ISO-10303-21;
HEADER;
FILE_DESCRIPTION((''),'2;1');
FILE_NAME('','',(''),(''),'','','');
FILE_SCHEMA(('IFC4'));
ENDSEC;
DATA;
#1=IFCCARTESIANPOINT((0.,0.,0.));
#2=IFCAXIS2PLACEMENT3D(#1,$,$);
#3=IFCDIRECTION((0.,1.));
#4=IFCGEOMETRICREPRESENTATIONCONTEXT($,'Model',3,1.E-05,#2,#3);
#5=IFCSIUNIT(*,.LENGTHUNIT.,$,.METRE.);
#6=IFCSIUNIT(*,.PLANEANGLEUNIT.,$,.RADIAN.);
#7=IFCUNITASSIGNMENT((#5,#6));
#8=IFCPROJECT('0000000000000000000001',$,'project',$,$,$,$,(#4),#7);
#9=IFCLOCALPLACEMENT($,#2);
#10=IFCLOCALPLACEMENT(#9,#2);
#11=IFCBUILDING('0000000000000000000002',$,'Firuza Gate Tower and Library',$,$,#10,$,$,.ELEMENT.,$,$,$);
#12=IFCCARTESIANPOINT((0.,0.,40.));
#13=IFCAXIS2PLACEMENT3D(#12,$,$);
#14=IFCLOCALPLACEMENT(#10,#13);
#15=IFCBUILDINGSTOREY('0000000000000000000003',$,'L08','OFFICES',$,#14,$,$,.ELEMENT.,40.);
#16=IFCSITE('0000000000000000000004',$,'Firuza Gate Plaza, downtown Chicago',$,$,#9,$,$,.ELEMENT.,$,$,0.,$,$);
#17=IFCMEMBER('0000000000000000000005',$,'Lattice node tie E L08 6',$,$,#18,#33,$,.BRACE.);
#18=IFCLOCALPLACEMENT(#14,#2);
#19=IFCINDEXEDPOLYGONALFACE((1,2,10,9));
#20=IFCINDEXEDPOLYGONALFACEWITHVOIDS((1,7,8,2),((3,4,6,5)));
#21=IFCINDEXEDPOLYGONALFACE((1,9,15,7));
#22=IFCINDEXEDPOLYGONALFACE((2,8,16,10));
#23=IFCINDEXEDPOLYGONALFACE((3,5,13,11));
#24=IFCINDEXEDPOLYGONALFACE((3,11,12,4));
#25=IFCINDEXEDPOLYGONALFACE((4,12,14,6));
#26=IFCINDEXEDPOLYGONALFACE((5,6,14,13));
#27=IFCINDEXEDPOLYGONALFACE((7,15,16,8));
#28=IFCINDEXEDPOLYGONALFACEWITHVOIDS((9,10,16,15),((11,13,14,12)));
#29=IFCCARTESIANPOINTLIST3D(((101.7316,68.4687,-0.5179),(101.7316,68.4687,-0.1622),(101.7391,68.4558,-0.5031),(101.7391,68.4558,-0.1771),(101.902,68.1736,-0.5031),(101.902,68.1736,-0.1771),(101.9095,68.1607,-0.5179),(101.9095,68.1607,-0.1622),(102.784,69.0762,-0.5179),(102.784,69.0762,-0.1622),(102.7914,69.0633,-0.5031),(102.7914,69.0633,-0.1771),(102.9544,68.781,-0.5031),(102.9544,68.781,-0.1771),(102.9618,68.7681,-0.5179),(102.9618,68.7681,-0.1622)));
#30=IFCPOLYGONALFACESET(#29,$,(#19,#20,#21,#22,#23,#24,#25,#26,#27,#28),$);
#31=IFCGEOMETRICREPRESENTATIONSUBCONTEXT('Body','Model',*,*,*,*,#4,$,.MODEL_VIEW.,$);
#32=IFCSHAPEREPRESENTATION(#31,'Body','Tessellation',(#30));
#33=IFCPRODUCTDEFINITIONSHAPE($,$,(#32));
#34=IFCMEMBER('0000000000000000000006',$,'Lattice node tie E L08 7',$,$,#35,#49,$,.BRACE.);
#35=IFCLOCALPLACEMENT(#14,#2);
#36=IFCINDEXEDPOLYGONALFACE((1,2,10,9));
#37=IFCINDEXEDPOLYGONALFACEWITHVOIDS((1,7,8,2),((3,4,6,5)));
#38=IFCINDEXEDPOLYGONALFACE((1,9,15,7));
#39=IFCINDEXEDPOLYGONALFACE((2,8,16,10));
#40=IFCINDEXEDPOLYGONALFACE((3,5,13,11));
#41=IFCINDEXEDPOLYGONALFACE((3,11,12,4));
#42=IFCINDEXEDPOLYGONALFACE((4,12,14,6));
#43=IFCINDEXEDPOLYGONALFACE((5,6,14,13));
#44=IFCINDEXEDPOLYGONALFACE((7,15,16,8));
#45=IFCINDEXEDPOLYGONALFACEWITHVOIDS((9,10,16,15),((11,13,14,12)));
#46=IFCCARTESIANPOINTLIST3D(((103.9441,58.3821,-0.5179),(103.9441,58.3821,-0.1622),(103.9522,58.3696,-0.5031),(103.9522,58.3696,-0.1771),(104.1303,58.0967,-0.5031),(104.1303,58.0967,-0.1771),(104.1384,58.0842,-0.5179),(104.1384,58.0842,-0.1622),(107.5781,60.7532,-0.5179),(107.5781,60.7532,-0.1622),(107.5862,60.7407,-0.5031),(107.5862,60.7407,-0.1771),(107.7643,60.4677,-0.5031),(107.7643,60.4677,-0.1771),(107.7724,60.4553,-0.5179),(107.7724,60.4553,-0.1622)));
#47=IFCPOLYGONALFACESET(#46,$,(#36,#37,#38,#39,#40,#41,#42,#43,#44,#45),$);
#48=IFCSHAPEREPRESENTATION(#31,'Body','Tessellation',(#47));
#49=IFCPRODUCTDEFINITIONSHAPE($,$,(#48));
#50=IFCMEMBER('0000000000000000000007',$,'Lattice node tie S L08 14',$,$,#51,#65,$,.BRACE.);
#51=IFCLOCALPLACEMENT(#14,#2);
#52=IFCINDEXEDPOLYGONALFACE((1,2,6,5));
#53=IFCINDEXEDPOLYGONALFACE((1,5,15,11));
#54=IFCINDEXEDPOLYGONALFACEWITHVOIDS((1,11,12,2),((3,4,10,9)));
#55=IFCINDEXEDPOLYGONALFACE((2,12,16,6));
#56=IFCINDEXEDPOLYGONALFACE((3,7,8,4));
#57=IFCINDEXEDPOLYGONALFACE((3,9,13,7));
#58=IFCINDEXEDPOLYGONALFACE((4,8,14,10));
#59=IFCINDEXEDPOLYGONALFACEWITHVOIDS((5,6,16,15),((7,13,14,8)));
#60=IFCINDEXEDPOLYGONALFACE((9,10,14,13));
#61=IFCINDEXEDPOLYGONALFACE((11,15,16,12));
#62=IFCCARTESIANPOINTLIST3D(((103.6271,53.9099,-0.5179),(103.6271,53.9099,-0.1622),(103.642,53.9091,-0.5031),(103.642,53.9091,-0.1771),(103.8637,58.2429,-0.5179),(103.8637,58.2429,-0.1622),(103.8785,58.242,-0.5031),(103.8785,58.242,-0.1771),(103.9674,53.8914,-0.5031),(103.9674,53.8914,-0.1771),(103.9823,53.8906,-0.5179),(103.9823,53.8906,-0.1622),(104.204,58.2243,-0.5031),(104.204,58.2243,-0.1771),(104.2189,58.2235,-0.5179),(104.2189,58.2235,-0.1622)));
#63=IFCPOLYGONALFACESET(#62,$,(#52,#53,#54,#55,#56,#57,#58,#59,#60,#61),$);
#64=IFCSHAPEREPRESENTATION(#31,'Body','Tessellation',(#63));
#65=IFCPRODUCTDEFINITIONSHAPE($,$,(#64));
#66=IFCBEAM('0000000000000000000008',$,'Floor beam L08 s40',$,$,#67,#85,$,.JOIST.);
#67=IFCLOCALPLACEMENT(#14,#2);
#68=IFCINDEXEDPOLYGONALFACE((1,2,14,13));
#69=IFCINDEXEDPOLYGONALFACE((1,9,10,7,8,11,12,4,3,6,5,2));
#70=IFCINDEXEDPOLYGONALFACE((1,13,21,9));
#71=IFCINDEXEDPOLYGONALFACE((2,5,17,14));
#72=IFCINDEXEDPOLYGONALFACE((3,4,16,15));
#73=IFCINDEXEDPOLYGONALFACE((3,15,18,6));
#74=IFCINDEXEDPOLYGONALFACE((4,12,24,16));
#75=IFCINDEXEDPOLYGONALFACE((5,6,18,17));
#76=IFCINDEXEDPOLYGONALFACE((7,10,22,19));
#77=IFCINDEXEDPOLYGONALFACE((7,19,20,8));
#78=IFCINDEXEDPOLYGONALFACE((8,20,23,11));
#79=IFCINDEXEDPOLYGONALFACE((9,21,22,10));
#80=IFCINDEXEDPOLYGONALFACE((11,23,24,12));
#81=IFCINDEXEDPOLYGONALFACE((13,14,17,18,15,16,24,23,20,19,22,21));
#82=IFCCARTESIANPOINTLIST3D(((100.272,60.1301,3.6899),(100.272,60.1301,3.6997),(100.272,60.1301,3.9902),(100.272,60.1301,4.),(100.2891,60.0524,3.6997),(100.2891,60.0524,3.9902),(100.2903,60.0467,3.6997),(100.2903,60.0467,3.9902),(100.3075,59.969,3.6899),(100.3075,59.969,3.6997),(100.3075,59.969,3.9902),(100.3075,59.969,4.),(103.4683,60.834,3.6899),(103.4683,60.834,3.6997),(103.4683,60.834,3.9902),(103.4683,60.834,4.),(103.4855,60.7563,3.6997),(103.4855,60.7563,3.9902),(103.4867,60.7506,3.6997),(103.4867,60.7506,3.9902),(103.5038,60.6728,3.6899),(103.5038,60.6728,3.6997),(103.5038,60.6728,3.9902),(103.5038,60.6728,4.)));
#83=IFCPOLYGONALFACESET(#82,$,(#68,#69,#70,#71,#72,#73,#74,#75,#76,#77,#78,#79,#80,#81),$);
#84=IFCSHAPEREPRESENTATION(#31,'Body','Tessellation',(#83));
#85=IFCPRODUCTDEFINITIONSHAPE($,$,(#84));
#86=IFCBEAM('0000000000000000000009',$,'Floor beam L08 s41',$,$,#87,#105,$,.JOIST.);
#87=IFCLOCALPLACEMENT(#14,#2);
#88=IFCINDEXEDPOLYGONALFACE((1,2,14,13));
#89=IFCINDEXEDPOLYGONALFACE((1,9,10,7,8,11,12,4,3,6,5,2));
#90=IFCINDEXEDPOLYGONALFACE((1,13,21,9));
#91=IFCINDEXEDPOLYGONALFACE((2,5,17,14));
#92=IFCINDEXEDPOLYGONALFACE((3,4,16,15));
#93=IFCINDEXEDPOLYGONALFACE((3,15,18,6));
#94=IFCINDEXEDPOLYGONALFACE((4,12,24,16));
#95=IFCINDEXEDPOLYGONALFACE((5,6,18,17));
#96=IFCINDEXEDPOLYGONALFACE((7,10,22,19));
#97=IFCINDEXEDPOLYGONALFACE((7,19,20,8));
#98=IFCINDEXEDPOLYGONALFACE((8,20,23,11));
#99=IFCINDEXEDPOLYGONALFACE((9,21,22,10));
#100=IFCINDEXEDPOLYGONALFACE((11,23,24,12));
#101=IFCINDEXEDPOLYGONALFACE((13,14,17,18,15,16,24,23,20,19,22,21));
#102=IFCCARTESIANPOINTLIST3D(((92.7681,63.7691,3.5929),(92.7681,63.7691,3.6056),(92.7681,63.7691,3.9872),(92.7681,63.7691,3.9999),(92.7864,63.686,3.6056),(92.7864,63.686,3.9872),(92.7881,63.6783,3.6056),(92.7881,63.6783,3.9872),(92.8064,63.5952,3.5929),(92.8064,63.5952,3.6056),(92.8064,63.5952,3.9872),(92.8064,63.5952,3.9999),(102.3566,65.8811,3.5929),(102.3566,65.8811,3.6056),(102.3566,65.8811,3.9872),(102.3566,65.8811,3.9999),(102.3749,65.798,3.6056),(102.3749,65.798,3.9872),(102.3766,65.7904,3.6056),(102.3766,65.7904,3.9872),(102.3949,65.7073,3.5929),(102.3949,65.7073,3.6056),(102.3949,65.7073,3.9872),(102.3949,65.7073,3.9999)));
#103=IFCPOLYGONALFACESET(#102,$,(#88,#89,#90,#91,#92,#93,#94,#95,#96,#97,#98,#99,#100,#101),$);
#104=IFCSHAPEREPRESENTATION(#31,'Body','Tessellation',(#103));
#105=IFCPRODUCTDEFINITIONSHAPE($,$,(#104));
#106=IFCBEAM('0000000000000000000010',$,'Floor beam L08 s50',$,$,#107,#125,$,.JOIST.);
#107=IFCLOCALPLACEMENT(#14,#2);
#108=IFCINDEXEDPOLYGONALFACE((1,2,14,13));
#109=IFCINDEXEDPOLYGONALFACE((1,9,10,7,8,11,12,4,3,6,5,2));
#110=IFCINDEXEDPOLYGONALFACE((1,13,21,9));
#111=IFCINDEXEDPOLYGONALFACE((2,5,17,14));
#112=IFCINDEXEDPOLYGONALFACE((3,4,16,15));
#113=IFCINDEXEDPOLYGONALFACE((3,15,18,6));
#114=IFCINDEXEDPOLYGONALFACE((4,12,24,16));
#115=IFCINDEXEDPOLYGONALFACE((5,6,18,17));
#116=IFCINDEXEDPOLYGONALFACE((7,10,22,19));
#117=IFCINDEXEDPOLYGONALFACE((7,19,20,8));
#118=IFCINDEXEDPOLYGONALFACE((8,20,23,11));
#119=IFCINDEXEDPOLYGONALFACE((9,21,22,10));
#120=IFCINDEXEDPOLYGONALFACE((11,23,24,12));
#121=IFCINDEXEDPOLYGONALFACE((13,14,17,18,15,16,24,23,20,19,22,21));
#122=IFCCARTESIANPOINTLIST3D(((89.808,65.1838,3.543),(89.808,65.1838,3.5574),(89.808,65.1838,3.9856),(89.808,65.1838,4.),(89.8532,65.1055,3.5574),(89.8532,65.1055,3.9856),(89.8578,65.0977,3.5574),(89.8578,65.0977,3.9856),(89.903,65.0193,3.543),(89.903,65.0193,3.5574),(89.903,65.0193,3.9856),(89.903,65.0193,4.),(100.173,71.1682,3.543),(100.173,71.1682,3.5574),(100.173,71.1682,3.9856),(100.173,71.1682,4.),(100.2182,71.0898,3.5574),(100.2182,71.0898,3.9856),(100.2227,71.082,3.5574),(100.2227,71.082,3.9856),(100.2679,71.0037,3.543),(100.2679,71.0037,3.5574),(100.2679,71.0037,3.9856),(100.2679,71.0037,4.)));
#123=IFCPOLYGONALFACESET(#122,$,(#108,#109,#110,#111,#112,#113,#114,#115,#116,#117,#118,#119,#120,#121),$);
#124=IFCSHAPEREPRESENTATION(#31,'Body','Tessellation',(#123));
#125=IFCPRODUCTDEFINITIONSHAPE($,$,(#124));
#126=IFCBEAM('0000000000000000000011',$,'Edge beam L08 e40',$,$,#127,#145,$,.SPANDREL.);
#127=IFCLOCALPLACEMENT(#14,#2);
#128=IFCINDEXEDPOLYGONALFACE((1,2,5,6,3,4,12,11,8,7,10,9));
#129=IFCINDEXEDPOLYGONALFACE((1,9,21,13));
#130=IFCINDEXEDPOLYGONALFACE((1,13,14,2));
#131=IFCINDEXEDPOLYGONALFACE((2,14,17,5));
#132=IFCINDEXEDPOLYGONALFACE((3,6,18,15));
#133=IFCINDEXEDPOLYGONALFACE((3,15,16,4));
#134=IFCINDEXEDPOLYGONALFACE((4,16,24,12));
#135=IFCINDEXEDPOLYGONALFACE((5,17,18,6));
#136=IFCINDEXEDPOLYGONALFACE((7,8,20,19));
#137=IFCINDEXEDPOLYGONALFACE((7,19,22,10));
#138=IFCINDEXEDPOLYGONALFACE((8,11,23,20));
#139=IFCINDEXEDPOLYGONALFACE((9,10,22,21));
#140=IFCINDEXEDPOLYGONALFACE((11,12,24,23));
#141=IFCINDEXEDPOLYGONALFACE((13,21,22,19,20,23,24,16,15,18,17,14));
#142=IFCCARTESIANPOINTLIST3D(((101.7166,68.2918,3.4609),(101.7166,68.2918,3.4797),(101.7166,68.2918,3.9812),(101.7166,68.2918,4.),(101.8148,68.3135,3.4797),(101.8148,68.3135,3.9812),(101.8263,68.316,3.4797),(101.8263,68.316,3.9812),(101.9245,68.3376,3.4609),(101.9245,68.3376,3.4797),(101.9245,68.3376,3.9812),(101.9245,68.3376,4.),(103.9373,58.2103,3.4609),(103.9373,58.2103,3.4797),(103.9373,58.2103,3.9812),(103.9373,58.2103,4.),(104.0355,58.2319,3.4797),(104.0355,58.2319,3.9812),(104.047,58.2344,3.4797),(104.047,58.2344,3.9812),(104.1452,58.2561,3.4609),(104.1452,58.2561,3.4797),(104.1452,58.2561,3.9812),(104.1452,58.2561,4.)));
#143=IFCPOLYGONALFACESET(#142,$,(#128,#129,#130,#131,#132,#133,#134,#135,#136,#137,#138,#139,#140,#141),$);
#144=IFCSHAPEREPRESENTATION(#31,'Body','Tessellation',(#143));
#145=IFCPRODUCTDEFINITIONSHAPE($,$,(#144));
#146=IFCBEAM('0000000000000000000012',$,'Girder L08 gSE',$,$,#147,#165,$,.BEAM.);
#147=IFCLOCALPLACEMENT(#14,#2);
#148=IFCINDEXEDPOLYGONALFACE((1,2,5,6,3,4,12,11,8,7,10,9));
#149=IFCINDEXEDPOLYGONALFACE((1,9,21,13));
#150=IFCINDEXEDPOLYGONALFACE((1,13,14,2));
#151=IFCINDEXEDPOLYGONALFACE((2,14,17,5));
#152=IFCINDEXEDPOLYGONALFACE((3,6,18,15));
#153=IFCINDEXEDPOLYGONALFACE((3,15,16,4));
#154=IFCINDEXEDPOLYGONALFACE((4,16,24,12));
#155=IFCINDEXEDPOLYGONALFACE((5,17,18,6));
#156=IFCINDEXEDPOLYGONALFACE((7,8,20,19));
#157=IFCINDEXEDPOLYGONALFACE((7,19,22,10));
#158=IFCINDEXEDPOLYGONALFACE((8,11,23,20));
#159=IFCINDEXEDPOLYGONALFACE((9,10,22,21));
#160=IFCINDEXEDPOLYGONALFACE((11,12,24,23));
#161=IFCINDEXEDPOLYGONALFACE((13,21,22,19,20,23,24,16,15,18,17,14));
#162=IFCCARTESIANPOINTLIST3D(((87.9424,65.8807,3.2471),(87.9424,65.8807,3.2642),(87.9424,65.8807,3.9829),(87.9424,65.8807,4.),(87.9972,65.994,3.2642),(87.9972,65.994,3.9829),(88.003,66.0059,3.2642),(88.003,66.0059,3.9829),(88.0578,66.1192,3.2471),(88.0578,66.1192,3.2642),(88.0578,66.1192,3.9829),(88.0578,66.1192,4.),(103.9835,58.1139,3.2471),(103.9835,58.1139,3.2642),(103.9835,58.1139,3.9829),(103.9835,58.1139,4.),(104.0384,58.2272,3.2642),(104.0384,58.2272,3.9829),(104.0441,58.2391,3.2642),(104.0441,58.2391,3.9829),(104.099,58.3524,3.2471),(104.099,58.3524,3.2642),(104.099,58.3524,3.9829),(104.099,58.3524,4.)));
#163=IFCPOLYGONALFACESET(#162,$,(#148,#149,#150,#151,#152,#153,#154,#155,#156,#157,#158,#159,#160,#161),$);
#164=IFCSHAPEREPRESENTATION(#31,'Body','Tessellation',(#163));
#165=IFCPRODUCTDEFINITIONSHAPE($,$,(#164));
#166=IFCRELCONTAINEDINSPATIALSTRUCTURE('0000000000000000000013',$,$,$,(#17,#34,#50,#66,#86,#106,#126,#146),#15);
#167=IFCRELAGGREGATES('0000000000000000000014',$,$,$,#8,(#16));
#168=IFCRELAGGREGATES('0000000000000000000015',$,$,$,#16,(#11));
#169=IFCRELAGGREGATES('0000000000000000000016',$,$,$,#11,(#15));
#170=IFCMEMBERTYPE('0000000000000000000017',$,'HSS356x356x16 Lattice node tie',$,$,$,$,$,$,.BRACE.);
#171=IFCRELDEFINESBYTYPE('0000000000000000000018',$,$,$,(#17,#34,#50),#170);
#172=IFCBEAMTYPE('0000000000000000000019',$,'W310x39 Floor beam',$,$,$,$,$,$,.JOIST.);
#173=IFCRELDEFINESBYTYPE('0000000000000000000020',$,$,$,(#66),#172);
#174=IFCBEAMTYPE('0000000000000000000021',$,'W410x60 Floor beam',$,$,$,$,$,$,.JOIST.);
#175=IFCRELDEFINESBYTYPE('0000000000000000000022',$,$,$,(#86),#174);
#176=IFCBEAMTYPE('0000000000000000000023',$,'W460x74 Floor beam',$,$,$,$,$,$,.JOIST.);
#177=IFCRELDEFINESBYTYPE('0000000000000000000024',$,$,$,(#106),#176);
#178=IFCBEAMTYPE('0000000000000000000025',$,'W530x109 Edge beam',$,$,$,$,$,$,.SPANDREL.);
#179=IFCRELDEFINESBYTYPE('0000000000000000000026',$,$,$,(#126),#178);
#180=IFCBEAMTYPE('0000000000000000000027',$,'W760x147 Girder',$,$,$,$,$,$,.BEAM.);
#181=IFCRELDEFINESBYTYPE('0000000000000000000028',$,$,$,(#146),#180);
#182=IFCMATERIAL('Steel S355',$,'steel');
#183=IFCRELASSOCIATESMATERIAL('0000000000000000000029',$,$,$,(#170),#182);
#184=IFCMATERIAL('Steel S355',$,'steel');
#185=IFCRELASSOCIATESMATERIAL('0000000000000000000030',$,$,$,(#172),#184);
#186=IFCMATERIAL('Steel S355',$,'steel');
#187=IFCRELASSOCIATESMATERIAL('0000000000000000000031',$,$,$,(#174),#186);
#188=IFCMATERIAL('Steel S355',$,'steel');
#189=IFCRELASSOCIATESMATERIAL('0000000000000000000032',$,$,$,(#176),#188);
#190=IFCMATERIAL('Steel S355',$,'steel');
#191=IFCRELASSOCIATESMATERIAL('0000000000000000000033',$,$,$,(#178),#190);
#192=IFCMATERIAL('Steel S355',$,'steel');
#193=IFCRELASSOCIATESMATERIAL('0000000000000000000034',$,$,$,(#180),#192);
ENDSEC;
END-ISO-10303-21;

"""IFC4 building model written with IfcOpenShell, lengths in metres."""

from ifc_helpers import new_model, si_unit, direction, frame, origin, origin_2d, place, context, subcontext, project, spatial, hollow_rectangle, i_section, extrude, material, material_profile, profile_set, type_object, element, save


model = new_model("IFC4")

# Units and contexts
model_context = context("Model", 3, precision=1e-05, world=origin(), true_north=direction((0.0, 1.0)))
body_context = subcontext(model_context, "Body", "Model", "MODEL_VIEW")
ifc_project = project(units=[si_unit("LENGTHUNIT", "METRE"), si_unit("PLANEANGLEUNIT", "RADIAN")], contexts=[model_context])

# Site, building, storey
site_placement = place(None, origin())
site = spatial("IfcSite", under=ifc_project, at=site_placement, Name="Firuza Gate Plaza, downtown Chicago", CompositionType="ELEMENT", RefElevation=0.0)
building_placement = place(site_placement, origin())
building = spatial("IfcBuilding", under=site, at=building_placement, Name="Firuza Gate Tower and Library", CompositionType="ELEMENT")
storey_placement = place(building_placement, frame((0.0, 0.0, 40.0)))
storey = spatial("IfcBuildingStorey", under=building, at=storey_placement, Name="L08", Description="OFFICES", CompositionType="ELEMENT", Elevation=40.0)

# Members
ifc_material_1 = material(Name="Steel S355", Category="steel")
ifc_material_profile_1 = material_profile(ifc_material_1, hollow_rectangle(XDim=0.3557, YDim=0.3557, WallThickness=0.0149, at=origin_2d()))
ifc_profile_set_1 = profile_set([ifc_material_profile_1], Name="Steel S355")
member_type_1 = type_object("IfcMemberType", Name="HSS356x356x16 Lattice node tie", PredefinedType="BRACE", material=ifc_profile_set_1)
member_1_placement = place(storey_placement, frame((101.8206, 68.3147, -0.3401), z_axis=(0.866058, 0.499943, 0.0), x_axis=(-0.499943, 0.866058, 0.0)))
element("IfcMember", 1, at=member_1_placement, inside=storey, type_object=member_type_1, Name="Lattice node tie E L08 6", PredefinedType="BRACE", context=body_context, shape_type="SweptSolid", body=[
    extrude(hollow_rectangle(XDim=0.3557, YDim=0.3557, WallThickness=0.0149, at=origin_2d()), origin(), (0.0, 0.0, 1.0), 1.2151),
])
member_2_placement = place(storey_placement, frame((104.0413, 58.2332, -0.3401), z_axis=(0.837498, 0.546441, 0.0), x_axis=(-0.546441, 0.837498, 0.0)))
element("IfcMember", 2, at=member_2_placement, inside=storey, type_object=member_type_1, Name="Lattice node tie E L08 7", PredefinedType="BRACE", context=body_context, shape_type="SweptSolid", body=[
    extrude(hollow_rectangle(XDim=0.3557, YDim=0.3557, WallThickness=0.0149, at=origin_2d()), origin(), (0.0, 0.0, 1.0), 4.3391),
])
member_3_placement = place(storey_placement, frame((104.0413, 58.2332, -0.3401), z_axis=(-0.054517, -0.998513, 0.0), x_axis=(0.998513, -0.054517, 0.0)))
element("IfcMember", 3, at=member_3_placement, inside=storey, type_object=member_type_1, Name="Lattice node tie S L08 14", PredefinedType="BRACE", context=body_context, shape_type="SweptSolid", body=[
    extrude(hollow_rectangle(XDim=0.3557, YDim=0.3557, WallThickness=0.0149, at=origin_2d()), origin(), (0.0, 0.0, 1.0), 4.3394),
])

# Beams
ifc_material_2 = material(Name="Steel S355", Category="steel")
ifc_material_profile_2 = material_profile(ifc_material_2, i_section(OverallWidth=0.165, OverallDepth=0.3101, WebThickness=0.0059, FlangeThickness=0.0098, at=origin_2d()))
ifc_profile_set_2 = profile_set([ifc_material_profile_2], Name="Steel S355")
beam_type_1 = type_object("IfcBeamType", Name="W310x39 Floor beam", PredefinedType="JOIST", material=ifc_profile_set_2)
beam_1_placement = place(storey_placement, frame((103.4861, 60.7534, 3.845), z_axis=(-0.976601, -0.215058, 0.0), x_axis=(0.215058, -0.976601, 0.0)))
element("IfcBeam", 4, at=beam_1_placement, inside=storey, type_object=beam_type_1, Name="Floor beam L08 s40", PredefinedType="JOIST", context=body_context, shape_type="SweptSolid", body=[
    extrude(i_section(OverallWidth=0.165, OverallDepth=0.3101, WebThickness=0.0059, FlangeThickness=0.0098, at=origin_2d()), origin(), (0.0, 0.0, 1.0), 3.2729),
])
ifc_material_3 = material(Name="Steel S355", Category="steel")
ifc_material_profile_3 = material_profile(ifc_material_3, i_section(OverallWidth=0.178, OverallDepth=0.407, WebThickness=0.0078, FlangeThickness=0.0127, at=origin_2d()))
ifc_profile_set_3 = profile_set([ifc_material_profile_3], Name="Steel S355")
beam_type_2 = type_object("IfcBeamType", Name="W410x60 Floor beam", PredefinedType="JOIST", material=ifc_profile_set_3)
beam_2_placement = place(storey_placement, frame((102.3757, 65.7942, 3.7964), z_axis=(-0.97659, -0.215111, 0.0), x_axis=(0.215111, -0.97659, 0.0)))
element("IfcBeam", 5, at=beam_2_placement, inside=storey, type_object=beam_type_2, Name="Floor beam L08 s41", PredefinedType="JOIST", context=body_context, shape_type="SweptSolid", body=[
    extrude(i_section(OverallWidth=0.178, OverallDepth=0.407, WebThickness=0.0078, FlangeThickness=0.0127, at=origin_2d()), origin(), (0.0, 0.0, 1.0), 9.8184),
])
ifc_material_4 = material(Name="Steel S355", Category="steel")
ifc_material_profile_4 = material_profile(ifc_material_4, i_section(OverallWidth=0.1899, OverallDepth=0.457, WebThickness=0.009, FlangeThickness=0.0144, at=origin_2d()))
ifc_profile_set_4 = profile_set([ifc_material_profile_4], Name="Steel S355")
beam_type_3 = type_object("IfcBeamType", Name="W460x74 Floor beam", PredefinedType="JOIST", material=ifc_profile_set_4)
beam_3_placement = place(storey_placement, frame((100.2205, 71.0859, 3.7715), z_axis=(-0.86602, -0.500009, 0.0), x_axis=(0.500009, -0.86602, 0.0)))
element("IfcBeam", 6, at=beam_3_placement, inside=storey, type_object=beam_type_3, Name="Floor beam L08 s50", PredefinedType="JOIST", context=body_context, shape_type="SweptSolid", body=[
    extrude(i_section(OverallWidth=0.1899, OverallDepth=0.457, WebThickness=0.009, FlangeThickness=0.0144, at=origin_2d()), origin(), (0.0, 0.0, 1.0), 11.9685),
])
ifc_material_5 = material(Name="Steel S355", Category="steel")
ifc_material_profile_5 = material_profile(ifc_material_5, i_section(OverallWidth=0.2129, OverallDepth=0.5391, WebThickness=0.0117, FlangeThickness=0.0188, at=origin_2d()))
ifc_profile_set_5 = profile_set([ifc_material_profile_5], Name="Steel S355")
beam_type_4 = type_object("IfcBeamType", Name="W530x109 Edge beam", PredefinedType="SPANDREL", material=ifc_profile_set_5)
beam_4_placement = place(storey_placement, frame((104.0413, 58.2332, 3.7305), z_axis=(-0.215117, 0.976588, 0.0), x_axis=(-0.976588, -0.215117, 0.0)))
element("IfcBeam", 7, at=beam_4_placement, inside=storey, type_object=beam_type_4, Name="Edge beam L08 e40", PredefinedType="SPANDREL", context=body_context, shape_type="SweptSolid", body=[
    extrude(i_section(OverallWidth=0.2129, OverallDepth=0.5391, WebThickness=0.0117, FlangeThickness=0.0188, at=origin_2d()), origin(), (0.0, 0.0, 1.0), 10.3232),
])
ifc_material_6 = material(Name="Steel S355", Category="steel")
ifc_material_profile_6 = material_profile(ifc_material_6, i_section(OverallWidth=0.2649, OverallDepth=0.7529, WebThickness=0.0132, FlangeThickness=0.0171, at=origin_2d()))
ifc_profile_set_6 = profile_set([ifc_material_profile_6], Name="Steel S355")
beam_type_5 = type_object("IfcBeamType", Name="W760x147 Girder", PredefinedType="BEAM", material=ifc_profile_set_6)
beam_5_placement = place(storey_placement, frame((104.0413, 58.2332, 3.6235), z_axis=(-0.90005, 0.435786, 0.0), x_axis=(-0.435786, -0.90005, 0.0)))
element("IfcBeam", 8, at=beam_5_placement, inside=storey, type_object=beam_type_5, Name="Girder L08 gSE", PredefinedType="BEAM", context=body_context, shape_type="SweptSolid", body=[
    extrude(i_section(OverallWidth=0.2649, OverallDepth=0.7529, WebThickness=0.0132, FlangeThickness=0.0171, at=origin_2d()), origin(), (0.0, 0.0, 1.0), 17.8225),
])

save(model, "model.ifc")
